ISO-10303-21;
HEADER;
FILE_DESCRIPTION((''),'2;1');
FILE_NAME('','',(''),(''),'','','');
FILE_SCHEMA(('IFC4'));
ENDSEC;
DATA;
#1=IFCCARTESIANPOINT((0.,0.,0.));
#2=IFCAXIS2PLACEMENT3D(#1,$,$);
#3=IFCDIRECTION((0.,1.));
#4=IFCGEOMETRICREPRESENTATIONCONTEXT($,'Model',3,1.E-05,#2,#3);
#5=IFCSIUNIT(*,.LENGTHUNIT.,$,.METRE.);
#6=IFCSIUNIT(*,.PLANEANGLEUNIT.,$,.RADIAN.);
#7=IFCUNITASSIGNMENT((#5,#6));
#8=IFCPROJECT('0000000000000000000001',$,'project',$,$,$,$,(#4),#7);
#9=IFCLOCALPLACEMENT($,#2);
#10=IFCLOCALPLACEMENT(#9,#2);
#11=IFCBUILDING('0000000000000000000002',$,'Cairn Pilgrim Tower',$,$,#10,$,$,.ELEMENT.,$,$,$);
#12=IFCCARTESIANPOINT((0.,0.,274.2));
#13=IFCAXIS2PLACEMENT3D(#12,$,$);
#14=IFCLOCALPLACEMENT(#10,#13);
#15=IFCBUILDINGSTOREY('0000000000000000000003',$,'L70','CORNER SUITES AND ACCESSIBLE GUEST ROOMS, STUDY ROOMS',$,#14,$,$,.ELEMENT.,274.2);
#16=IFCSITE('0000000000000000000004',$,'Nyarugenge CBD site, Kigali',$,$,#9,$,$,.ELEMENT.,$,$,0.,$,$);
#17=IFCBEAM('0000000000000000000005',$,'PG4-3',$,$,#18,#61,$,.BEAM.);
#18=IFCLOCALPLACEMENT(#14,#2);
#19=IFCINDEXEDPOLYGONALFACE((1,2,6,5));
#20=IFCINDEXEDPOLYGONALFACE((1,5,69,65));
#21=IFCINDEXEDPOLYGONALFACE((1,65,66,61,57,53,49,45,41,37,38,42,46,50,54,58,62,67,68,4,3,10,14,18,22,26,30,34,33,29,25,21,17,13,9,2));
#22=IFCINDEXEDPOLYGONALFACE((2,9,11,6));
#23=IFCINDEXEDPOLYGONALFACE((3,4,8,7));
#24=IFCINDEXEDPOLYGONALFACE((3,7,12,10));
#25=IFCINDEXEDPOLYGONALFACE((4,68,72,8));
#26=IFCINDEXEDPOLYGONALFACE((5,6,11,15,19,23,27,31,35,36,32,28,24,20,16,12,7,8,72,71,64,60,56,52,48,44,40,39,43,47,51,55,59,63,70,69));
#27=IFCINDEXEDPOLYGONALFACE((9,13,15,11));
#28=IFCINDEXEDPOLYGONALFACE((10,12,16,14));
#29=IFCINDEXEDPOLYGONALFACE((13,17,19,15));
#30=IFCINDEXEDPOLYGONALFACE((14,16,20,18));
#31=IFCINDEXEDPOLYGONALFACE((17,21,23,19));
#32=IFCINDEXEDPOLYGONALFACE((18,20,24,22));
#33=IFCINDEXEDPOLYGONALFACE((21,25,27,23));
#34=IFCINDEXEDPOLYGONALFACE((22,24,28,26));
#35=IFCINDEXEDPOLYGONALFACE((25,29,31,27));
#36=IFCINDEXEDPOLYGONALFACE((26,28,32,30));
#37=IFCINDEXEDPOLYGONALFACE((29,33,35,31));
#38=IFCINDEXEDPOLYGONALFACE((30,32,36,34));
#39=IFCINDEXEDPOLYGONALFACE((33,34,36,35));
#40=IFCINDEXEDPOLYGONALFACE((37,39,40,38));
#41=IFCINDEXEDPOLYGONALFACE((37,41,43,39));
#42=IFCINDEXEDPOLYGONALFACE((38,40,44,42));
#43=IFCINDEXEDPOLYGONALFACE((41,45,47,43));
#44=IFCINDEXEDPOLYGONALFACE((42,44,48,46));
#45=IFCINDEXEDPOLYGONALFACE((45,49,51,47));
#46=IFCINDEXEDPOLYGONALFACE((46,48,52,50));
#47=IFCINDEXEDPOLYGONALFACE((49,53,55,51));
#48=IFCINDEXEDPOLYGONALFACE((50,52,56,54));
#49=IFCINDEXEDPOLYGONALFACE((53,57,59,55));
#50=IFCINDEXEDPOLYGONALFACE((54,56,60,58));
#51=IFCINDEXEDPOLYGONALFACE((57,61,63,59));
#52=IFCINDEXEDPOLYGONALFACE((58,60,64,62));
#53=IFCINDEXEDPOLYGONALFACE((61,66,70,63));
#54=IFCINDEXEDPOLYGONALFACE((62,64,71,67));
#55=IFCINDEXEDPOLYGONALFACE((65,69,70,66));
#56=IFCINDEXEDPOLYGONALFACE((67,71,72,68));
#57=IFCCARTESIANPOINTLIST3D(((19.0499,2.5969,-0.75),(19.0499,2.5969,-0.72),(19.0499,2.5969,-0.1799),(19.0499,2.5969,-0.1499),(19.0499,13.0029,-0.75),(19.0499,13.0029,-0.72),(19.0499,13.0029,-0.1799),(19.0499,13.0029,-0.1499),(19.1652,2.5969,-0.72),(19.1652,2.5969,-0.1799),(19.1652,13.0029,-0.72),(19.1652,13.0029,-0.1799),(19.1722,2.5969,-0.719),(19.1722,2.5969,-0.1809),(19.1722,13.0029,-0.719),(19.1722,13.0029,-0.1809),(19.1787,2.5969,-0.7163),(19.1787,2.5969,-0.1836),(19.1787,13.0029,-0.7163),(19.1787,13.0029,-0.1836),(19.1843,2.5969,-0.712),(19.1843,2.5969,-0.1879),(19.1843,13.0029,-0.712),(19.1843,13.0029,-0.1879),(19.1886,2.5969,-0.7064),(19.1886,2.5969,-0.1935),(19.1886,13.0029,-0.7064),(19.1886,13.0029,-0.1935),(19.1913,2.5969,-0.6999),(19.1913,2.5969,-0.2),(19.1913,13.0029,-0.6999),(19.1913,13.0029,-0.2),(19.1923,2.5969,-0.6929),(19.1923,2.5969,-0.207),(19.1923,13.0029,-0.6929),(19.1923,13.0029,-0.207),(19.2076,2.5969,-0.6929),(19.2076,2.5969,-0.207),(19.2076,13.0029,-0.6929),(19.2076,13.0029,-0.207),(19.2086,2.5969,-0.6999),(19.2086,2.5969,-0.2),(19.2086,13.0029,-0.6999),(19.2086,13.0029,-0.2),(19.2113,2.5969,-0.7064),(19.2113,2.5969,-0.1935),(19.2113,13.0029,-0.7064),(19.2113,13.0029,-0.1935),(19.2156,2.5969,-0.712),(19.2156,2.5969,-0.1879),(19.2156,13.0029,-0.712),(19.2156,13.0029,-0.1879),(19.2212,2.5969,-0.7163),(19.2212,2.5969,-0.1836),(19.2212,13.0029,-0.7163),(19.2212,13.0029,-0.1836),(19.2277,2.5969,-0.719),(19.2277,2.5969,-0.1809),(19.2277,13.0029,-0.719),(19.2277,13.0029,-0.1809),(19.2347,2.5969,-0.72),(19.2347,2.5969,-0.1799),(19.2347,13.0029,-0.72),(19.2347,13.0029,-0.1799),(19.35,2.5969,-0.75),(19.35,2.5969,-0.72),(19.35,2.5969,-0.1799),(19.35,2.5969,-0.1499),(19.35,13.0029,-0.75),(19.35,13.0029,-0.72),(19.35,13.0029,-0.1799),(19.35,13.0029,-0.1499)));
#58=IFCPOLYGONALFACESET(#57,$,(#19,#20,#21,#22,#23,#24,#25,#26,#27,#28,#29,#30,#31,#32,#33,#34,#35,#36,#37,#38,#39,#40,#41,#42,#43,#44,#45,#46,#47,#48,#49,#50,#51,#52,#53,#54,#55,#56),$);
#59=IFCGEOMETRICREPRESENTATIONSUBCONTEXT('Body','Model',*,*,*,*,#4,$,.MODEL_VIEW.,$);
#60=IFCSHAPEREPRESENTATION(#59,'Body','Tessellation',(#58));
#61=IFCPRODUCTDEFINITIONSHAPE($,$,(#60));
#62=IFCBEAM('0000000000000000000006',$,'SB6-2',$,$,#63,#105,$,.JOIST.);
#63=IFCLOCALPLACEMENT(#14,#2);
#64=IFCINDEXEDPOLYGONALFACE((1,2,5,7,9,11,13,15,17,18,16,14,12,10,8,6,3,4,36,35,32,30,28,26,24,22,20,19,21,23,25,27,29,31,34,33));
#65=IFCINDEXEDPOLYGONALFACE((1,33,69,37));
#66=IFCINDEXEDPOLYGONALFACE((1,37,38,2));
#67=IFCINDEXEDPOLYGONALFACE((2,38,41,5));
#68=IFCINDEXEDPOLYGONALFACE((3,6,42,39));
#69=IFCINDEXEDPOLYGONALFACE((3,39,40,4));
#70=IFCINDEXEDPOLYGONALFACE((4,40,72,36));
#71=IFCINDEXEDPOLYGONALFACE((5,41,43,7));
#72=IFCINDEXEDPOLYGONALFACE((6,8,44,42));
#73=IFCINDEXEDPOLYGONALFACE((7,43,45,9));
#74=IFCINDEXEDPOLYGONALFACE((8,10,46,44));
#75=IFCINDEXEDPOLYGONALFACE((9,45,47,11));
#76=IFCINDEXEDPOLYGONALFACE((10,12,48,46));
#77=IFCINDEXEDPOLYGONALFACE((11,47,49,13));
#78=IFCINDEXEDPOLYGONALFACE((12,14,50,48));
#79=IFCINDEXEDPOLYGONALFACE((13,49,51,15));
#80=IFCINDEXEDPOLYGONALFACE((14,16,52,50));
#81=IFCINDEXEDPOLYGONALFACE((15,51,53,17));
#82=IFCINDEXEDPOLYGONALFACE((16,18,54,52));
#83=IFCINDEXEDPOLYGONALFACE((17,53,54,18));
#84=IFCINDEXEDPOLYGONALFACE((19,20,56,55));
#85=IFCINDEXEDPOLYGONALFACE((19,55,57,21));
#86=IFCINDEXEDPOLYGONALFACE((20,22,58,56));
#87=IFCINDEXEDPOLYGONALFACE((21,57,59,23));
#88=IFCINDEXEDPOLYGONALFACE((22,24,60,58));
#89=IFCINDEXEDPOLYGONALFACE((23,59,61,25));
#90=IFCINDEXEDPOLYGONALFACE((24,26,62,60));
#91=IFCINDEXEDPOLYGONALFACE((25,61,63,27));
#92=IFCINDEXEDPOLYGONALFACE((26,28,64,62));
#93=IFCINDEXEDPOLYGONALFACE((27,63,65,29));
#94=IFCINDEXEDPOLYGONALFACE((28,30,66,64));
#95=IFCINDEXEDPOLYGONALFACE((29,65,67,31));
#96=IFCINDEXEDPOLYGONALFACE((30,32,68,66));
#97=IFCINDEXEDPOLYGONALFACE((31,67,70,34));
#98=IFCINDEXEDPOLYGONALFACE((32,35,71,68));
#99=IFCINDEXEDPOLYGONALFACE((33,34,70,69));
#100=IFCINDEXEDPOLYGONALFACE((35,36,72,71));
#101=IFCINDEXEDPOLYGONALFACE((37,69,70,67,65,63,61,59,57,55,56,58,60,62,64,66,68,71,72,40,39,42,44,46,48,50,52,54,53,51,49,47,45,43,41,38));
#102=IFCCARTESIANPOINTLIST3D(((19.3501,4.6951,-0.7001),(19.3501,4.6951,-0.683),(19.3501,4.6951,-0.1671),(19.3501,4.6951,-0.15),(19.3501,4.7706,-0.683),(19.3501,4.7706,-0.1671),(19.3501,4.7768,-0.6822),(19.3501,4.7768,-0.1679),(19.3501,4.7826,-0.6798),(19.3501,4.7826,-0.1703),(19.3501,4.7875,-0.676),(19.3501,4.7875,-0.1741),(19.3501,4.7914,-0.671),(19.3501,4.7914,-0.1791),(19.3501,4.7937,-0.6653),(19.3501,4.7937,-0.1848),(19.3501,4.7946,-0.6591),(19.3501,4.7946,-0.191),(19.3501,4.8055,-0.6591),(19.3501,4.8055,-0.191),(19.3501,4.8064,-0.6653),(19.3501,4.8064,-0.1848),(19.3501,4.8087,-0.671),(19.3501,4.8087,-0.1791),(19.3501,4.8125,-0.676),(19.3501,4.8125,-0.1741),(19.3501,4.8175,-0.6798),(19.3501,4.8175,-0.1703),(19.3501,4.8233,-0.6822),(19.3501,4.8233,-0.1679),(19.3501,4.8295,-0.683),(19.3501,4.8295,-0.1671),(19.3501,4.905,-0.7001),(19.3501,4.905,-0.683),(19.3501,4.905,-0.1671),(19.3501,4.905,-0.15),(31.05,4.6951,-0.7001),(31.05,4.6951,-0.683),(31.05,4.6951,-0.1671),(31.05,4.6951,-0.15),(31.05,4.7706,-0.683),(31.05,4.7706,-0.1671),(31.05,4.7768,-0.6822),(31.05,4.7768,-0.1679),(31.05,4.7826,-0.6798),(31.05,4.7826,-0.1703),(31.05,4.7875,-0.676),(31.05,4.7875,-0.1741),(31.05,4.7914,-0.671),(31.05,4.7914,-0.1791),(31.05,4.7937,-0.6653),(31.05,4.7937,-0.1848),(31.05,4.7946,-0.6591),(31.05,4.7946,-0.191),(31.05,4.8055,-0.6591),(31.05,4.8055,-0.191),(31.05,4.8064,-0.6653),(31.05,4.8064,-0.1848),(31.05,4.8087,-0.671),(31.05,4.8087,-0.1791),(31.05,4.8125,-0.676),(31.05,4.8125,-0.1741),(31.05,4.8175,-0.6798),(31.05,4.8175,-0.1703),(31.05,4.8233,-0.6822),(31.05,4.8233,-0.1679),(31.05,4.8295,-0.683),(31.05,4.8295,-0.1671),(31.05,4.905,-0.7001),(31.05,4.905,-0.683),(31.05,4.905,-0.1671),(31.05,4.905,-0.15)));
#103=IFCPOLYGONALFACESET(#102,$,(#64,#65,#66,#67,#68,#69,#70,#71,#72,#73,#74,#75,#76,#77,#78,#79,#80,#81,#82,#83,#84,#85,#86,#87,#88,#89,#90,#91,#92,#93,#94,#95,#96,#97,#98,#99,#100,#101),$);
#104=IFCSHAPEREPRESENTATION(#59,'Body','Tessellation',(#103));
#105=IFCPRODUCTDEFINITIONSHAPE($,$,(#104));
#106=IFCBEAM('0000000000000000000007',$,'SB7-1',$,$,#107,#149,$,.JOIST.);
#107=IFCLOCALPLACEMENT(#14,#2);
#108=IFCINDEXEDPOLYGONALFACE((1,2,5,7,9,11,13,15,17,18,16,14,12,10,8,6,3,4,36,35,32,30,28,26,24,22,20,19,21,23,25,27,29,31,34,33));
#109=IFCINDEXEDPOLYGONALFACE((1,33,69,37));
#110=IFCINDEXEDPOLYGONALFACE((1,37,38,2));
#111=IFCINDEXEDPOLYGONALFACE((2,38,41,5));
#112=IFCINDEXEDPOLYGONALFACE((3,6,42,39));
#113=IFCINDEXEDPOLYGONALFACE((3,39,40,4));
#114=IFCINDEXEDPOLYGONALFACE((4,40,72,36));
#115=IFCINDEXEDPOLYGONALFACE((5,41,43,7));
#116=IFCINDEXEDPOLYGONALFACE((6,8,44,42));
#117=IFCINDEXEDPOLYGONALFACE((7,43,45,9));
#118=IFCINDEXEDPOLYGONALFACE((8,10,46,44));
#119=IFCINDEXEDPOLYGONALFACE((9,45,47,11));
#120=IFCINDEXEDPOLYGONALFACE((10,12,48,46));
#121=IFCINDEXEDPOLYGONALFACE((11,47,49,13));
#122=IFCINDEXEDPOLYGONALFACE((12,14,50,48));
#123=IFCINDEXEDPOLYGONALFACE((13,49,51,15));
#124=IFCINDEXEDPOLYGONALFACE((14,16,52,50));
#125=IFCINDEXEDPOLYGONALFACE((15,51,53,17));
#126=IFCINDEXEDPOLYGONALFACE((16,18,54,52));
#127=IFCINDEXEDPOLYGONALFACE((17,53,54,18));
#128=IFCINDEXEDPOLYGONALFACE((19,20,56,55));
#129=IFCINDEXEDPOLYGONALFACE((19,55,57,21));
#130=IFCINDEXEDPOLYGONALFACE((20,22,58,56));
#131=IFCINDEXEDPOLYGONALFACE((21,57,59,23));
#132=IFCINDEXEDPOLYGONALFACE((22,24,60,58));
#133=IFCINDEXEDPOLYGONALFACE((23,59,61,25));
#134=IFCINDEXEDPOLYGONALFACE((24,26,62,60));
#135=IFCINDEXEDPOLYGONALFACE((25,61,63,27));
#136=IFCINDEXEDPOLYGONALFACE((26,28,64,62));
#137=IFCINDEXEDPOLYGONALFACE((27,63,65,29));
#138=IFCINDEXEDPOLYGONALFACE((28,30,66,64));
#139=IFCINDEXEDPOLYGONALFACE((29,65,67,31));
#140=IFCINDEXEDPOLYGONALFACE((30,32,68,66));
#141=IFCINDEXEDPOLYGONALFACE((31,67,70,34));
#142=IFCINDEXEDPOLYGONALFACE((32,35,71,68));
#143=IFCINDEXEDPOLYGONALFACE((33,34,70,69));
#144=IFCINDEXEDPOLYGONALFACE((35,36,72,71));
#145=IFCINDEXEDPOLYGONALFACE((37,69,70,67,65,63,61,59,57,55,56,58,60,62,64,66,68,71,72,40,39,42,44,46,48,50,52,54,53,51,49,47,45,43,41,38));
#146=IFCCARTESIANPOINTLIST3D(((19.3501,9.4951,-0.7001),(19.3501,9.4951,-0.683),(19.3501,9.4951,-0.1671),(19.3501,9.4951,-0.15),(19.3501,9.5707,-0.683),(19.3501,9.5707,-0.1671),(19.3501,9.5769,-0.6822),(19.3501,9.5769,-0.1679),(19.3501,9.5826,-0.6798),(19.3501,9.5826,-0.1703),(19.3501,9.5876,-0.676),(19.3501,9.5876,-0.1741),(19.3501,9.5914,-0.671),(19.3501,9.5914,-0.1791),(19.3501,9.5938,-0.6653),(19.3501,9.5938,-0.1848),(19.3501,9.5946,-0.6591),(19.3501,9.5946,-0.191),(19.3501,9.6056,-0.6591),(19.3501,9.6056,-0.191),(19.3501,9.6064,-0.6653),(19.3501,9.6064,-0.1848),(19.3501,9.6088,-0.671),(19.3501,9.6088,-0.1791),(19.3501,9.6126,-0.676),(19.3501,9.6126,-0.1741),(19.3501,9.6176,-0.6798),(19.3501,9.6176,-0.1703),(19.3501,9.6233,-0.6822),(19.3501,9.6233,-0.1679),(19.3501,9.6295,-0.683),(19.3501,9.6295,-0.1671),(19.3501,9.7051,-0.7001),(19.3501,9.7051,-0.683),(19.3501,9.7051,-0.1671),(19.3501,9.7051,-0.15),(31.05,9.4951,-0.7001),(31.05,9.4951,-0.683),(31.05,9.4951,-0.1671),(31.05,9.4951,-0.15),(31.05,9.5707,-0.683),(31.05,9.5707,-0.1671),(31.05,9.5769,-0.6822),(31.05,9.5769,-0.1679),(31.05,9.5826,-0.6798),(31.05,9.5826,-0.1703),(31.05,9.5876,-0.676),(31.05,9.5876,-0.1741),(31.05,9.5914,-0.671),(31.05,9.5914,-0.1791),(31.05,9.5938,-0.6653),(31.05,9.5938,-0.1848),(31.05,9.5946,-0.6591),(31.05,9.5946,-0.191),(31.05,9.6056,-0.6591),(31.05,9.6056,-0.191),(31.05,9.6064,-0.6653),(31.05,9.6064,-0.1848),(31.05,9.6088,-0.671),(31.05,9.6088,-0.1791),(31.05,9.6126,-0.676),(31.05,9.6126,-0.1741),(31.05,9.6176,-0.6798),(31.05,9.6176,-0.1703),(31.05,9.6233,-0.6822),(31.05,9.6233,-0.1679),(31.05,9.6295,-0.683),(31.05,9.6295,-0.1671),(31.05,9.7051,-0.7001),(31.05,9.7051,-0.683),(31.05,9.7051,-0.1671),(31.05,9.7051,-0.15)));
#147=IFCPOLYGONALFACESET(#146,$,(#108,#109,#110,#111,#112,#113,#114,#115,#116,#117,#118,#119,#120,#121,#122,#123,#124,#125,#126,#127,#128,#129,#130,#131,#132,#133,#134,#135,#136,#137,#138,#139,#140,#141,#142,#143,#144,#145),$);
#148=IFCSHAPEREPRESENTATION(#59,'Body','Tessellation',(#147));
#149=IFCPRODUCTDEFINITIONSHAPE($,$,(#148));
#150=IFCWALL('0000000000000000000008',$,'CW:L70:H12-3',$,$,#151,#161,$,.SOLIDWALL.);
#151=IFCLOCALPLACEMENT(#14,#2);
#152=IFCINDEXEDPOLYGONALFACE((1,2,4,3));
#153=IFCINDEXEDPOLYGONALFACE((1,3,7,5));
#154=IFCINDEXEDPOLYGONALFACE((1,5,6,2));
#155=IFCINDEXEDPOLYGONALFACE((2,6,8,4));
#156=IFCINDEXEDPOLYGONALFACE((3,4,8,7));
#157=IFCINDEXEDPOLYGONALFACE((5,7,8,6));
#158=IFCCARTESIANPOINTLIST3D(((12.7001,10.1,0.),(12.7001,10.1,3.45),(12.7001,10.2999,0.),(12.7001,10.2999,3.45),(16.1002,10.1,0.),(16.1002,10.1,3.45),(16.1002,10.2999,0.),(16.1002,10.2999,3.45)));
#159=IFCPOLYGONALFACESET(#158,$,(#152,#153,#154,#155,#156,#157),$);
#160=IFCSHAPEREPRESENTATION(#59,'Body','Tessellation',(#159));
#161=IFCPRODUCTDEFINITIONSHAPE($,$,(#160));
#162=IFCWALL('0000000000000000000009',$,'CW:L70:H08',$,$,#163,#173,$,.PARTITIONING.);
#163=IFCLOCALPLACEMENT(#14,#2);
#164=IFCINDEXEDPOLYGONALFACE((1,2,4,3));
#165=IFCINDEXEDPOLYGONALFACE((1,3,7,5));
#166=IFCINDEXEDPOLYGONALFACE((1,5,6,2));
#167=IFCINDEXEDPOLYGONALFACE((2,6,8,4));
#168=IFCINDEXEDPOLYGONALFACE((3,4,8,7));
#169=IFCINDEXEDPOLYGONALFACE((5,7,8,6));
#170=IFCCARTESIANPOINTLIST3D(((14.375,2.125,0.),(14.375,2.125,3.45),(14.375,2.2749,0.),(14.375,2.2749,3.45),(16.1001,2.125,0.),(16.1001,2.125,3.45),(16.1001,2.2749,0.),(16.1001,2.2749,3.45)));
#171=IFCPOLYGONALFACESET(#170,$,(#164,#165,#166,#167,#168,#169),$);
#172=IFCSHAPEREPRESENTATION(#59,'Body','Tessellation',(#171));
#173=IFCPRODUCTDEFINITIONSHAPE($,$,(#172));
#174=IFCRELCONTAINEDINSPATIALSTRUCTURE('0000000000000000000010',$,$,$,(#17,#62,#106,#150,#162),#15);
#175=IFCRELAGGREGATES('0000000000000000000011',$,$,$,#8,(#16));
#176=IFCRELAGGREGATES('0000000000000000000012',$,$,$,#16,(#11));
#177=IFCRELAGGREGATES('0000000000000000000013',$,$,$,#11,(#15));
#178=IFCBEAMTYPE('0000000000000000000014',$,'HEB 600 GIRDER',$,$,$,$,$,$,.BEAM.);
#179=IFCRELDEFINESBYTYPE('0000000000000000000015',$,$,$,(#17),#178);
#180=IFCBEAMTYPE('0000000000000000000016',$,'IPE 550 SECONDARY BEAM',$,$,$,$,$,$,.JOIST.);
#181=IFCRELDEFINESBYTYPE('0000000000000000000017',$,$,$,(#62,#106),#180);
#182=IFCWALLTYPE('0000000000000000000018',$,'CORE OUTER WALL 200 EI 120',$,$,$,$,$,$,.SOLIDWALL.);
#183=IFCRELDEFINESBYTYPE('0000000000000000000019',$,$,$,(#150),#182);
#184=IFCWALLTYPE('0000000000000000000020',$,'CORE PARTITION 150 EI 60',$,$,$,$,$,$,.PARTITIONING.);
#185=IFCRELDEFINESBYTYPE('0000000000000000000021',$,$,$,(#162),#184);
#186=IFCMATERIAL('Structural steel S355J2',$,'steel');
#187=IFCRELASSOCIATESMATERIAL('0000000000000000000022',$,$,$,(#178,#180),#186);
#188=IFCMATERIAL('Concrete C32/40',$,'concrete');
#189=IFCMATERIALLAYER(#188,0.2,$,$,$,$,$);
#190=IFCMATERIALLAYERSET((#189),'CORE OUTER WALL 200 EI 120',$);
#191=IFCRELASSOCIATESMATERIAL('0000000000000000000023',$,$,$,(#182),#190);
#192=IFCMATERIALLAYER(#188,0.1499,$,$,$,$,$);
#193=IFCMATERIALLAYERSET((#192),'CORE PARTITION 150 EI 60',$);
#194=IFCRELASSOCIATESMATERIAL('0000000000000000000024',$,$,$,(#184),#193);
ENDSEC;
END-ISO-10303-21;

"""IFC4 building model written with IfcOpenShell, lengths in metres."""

from ifc_helpers import new_model, si_unit, direction, frame, frame_2d, origin, origin_2d, place, context, subcontext, project, spatial, rectangle, i_section, extrude, material, layer, layer_set, material_profile, profile_set, type_object, element, save


model = new_model("IFC4")

# Units and contexts
model_context = context("Model", 3, precision=1e-05, world=origin(), true_north=direction((0.0, 1.0)))
body_context = subcontext(model_context, "Body", "Model", "MODEL_VIEW")
ifc_project = project(units=[si_unit("LENGTHUNIT", "METRE"), si_unit("PLANEANGLEUNIT", "RADIAN")], contexts=[model_context])

# Site, building, storey
site_placement = place(None, origin())
site = spatial("IfcSite", under=ifc_project, at=site_placement, Name="Nyarugenge CBD site, Kigali", CompositionType="ELEMENT", RefElevation=0.0)
building_placement = place(site_placement, origin())
building = spatial("IfcBuilding", under=site, at=building_placement, Name="Cairn Pilgrim Tower", CompositionType="ELEMENT")
storey_placement = place(building_placement, frame((0.0, 0.0, 274.2)))
storey = spatial("IfcBuildingStorey", under=building, at=storey_placement, Name="L70", Description="CORNER SUITES AND ACCESSIBLE GUEST ROOMS, STUDY ROOMS", CompositionType="ELEMENT", Elevation=274.2)

# Shared definitions
ifc_material_1 = material(Name="Structural steel S355J2", Category="steel")

# Beams
ifc_material_profile_1 = material_profile(ifc_material_1, i_section(OverallWidth=0.3, OverallDepth=0.6001, WebThickness=0.0154, FlangeThickness=0.03, FilletRadius=0.0271, at=origin_2d()), Name="HEB 600")
ifc_profile_set_1 = profile_set([ifc_material_profile_1], Name="Structural steel S355J2")
beam_type_1 = type_object("IfcBeamType", Name="HEB 600 GIRDER", PredefinedType="BEAM", material=ifc_profile_set_1)
beam_1_placement = place(storey_placement, frame((19.2, 2.5969, -0.45), z_axis=(0.0, 1.0, 0.0), x_axis=(-1.0, 0.0, 0.0)))
element("IfcBeam", 1, at=beam_1_placement, inside=storey, type_object=beam_type_1, Name="PG4-3", PredefinedType="BEAM", context=body_context, shape_type="SweptSolid", body=[
    extrude(i_section(OverallWidth=0.3, OverallDepth=0.6001, WebThickness=0.0154, FlangeThickness=0.03, FilletRadius=0.0271, at=origin_2d()), origin(), (0.0, 0.0, 1.0), 10.406),
])
ifc_material_profile_2 = material_profile(ifc_material_1, i_section(OverallWidth=0.21, OverallDepth=0.55, WebThickness=0.011, FlangeThickness=0.0171, FilletRadius=0.0239, at=origin_2d()), Name="IPE 550")
ifc_profile_set_2 = profile_set([ifc_material_profile_2], Name="Structural steel S355J2")
beam_type_2 = type_object("IfcBeamType", Name="IPE 550 SECONDARY BEAM", PredefinedType="JOIST", material=ifc_profile_set_2)
for number, where, z_axis, x_axis, name in (
    (2, (19.3501, 4.8, -0.425), (1.0, 0.0, 0.0), (0.0, 1.0, 0.0), "SB6-2"),
    (3, (19.3501, 9.6001, -0.425), (1.0, 0.0, 0.0), (0.0, 1.0, 0.0), "SB7-1"),
):
    element("IfcBeam", number, at=place(storey_placement, frame(where, z_axis=z_axis, x_axis=x_axis)), inside=storey, type_object=beam_type_2, Name=name, PredefinedType="JOIST", context=body_context, shape_type="SweptSolid", body=[
        extrude(i_section(OverallWidth=0.21, OverallDepth=0.55, WebThickness=0.011, FlangeThickness=0.0171, FilletRadius=0.0239, at=origin_2d()), origin(), (0.0, 0.0, 1.0), 11.7),
    ])

# Walls
ifc_material_2 = material(Name="Concrete C32/40", Category="concrete")
ifc_layer_1 = layer(ifc_material_2, 0.2)
ifc_layer_set_1 = layer_set([ifc_layer_1], Name="CORE OUTER WALL 200 EI 120")
wall_type_1 = type_object("IfcWallType", Name="CORE OUTER WALL 200 EI 120", PredefinedType="SOLIDWALL", material=ifc_layer_set_1)
wall_1_placement = place(storey_placement, frame((12.7, 10.2, 0.0), z_axis=(0.0, 0.0, 1.0), x_axis=(1.0, 0.0, 0.0)))
element("IfcWall", 4, at=wall_1_placement, inside=storey, type_object=wall_type_1, Name="CW:L70:H12-3", PredefinedType="SOLIDWALL", context=body_context, shape_type="SweptSolid", body=[
    extrude(rectangle(XDim=3.4001, YDim=0.2, at=frame_2d((1.7002, 0.0))), origin(), (0.0, 0.0, 1.0), 3.45),
])
ifc_layer_2 = layer(ifc_material_2, 0.1499)
ifc_layer_set_2 = layer_set([ifc_layer_2], Name="CORE PARTITION 150 EI 60")
wall_type_2 = type_object("IfcWallType", Name="CORE PARTITION 150 EI 60", PredefinedType="PARTITIONING", material=ifc_layer_set_2)
wall_2_placement = place(storey_placement, frame((14.375, 2.2, 0.0), z_axis=(0.0, 0.0, 1.0), x_axis=(1.0, 0.0, 0.0)))
element("IfcWall", 5, at=wall_2_placement, inside=storey, type_object=wall_type_2, Name="CW:L70:H08", PredefinedType="PARTITIONING", context=body_context, shape_type="SweptSolid", body=[
    extrude(rectangle(XDim=1.7251, YDim=0.1499, at=frame_2d((0.8625, 0.0))), origin(), (0.0, 0.0, 1.0), 3.45),
])

save(model, "model.ifc")
